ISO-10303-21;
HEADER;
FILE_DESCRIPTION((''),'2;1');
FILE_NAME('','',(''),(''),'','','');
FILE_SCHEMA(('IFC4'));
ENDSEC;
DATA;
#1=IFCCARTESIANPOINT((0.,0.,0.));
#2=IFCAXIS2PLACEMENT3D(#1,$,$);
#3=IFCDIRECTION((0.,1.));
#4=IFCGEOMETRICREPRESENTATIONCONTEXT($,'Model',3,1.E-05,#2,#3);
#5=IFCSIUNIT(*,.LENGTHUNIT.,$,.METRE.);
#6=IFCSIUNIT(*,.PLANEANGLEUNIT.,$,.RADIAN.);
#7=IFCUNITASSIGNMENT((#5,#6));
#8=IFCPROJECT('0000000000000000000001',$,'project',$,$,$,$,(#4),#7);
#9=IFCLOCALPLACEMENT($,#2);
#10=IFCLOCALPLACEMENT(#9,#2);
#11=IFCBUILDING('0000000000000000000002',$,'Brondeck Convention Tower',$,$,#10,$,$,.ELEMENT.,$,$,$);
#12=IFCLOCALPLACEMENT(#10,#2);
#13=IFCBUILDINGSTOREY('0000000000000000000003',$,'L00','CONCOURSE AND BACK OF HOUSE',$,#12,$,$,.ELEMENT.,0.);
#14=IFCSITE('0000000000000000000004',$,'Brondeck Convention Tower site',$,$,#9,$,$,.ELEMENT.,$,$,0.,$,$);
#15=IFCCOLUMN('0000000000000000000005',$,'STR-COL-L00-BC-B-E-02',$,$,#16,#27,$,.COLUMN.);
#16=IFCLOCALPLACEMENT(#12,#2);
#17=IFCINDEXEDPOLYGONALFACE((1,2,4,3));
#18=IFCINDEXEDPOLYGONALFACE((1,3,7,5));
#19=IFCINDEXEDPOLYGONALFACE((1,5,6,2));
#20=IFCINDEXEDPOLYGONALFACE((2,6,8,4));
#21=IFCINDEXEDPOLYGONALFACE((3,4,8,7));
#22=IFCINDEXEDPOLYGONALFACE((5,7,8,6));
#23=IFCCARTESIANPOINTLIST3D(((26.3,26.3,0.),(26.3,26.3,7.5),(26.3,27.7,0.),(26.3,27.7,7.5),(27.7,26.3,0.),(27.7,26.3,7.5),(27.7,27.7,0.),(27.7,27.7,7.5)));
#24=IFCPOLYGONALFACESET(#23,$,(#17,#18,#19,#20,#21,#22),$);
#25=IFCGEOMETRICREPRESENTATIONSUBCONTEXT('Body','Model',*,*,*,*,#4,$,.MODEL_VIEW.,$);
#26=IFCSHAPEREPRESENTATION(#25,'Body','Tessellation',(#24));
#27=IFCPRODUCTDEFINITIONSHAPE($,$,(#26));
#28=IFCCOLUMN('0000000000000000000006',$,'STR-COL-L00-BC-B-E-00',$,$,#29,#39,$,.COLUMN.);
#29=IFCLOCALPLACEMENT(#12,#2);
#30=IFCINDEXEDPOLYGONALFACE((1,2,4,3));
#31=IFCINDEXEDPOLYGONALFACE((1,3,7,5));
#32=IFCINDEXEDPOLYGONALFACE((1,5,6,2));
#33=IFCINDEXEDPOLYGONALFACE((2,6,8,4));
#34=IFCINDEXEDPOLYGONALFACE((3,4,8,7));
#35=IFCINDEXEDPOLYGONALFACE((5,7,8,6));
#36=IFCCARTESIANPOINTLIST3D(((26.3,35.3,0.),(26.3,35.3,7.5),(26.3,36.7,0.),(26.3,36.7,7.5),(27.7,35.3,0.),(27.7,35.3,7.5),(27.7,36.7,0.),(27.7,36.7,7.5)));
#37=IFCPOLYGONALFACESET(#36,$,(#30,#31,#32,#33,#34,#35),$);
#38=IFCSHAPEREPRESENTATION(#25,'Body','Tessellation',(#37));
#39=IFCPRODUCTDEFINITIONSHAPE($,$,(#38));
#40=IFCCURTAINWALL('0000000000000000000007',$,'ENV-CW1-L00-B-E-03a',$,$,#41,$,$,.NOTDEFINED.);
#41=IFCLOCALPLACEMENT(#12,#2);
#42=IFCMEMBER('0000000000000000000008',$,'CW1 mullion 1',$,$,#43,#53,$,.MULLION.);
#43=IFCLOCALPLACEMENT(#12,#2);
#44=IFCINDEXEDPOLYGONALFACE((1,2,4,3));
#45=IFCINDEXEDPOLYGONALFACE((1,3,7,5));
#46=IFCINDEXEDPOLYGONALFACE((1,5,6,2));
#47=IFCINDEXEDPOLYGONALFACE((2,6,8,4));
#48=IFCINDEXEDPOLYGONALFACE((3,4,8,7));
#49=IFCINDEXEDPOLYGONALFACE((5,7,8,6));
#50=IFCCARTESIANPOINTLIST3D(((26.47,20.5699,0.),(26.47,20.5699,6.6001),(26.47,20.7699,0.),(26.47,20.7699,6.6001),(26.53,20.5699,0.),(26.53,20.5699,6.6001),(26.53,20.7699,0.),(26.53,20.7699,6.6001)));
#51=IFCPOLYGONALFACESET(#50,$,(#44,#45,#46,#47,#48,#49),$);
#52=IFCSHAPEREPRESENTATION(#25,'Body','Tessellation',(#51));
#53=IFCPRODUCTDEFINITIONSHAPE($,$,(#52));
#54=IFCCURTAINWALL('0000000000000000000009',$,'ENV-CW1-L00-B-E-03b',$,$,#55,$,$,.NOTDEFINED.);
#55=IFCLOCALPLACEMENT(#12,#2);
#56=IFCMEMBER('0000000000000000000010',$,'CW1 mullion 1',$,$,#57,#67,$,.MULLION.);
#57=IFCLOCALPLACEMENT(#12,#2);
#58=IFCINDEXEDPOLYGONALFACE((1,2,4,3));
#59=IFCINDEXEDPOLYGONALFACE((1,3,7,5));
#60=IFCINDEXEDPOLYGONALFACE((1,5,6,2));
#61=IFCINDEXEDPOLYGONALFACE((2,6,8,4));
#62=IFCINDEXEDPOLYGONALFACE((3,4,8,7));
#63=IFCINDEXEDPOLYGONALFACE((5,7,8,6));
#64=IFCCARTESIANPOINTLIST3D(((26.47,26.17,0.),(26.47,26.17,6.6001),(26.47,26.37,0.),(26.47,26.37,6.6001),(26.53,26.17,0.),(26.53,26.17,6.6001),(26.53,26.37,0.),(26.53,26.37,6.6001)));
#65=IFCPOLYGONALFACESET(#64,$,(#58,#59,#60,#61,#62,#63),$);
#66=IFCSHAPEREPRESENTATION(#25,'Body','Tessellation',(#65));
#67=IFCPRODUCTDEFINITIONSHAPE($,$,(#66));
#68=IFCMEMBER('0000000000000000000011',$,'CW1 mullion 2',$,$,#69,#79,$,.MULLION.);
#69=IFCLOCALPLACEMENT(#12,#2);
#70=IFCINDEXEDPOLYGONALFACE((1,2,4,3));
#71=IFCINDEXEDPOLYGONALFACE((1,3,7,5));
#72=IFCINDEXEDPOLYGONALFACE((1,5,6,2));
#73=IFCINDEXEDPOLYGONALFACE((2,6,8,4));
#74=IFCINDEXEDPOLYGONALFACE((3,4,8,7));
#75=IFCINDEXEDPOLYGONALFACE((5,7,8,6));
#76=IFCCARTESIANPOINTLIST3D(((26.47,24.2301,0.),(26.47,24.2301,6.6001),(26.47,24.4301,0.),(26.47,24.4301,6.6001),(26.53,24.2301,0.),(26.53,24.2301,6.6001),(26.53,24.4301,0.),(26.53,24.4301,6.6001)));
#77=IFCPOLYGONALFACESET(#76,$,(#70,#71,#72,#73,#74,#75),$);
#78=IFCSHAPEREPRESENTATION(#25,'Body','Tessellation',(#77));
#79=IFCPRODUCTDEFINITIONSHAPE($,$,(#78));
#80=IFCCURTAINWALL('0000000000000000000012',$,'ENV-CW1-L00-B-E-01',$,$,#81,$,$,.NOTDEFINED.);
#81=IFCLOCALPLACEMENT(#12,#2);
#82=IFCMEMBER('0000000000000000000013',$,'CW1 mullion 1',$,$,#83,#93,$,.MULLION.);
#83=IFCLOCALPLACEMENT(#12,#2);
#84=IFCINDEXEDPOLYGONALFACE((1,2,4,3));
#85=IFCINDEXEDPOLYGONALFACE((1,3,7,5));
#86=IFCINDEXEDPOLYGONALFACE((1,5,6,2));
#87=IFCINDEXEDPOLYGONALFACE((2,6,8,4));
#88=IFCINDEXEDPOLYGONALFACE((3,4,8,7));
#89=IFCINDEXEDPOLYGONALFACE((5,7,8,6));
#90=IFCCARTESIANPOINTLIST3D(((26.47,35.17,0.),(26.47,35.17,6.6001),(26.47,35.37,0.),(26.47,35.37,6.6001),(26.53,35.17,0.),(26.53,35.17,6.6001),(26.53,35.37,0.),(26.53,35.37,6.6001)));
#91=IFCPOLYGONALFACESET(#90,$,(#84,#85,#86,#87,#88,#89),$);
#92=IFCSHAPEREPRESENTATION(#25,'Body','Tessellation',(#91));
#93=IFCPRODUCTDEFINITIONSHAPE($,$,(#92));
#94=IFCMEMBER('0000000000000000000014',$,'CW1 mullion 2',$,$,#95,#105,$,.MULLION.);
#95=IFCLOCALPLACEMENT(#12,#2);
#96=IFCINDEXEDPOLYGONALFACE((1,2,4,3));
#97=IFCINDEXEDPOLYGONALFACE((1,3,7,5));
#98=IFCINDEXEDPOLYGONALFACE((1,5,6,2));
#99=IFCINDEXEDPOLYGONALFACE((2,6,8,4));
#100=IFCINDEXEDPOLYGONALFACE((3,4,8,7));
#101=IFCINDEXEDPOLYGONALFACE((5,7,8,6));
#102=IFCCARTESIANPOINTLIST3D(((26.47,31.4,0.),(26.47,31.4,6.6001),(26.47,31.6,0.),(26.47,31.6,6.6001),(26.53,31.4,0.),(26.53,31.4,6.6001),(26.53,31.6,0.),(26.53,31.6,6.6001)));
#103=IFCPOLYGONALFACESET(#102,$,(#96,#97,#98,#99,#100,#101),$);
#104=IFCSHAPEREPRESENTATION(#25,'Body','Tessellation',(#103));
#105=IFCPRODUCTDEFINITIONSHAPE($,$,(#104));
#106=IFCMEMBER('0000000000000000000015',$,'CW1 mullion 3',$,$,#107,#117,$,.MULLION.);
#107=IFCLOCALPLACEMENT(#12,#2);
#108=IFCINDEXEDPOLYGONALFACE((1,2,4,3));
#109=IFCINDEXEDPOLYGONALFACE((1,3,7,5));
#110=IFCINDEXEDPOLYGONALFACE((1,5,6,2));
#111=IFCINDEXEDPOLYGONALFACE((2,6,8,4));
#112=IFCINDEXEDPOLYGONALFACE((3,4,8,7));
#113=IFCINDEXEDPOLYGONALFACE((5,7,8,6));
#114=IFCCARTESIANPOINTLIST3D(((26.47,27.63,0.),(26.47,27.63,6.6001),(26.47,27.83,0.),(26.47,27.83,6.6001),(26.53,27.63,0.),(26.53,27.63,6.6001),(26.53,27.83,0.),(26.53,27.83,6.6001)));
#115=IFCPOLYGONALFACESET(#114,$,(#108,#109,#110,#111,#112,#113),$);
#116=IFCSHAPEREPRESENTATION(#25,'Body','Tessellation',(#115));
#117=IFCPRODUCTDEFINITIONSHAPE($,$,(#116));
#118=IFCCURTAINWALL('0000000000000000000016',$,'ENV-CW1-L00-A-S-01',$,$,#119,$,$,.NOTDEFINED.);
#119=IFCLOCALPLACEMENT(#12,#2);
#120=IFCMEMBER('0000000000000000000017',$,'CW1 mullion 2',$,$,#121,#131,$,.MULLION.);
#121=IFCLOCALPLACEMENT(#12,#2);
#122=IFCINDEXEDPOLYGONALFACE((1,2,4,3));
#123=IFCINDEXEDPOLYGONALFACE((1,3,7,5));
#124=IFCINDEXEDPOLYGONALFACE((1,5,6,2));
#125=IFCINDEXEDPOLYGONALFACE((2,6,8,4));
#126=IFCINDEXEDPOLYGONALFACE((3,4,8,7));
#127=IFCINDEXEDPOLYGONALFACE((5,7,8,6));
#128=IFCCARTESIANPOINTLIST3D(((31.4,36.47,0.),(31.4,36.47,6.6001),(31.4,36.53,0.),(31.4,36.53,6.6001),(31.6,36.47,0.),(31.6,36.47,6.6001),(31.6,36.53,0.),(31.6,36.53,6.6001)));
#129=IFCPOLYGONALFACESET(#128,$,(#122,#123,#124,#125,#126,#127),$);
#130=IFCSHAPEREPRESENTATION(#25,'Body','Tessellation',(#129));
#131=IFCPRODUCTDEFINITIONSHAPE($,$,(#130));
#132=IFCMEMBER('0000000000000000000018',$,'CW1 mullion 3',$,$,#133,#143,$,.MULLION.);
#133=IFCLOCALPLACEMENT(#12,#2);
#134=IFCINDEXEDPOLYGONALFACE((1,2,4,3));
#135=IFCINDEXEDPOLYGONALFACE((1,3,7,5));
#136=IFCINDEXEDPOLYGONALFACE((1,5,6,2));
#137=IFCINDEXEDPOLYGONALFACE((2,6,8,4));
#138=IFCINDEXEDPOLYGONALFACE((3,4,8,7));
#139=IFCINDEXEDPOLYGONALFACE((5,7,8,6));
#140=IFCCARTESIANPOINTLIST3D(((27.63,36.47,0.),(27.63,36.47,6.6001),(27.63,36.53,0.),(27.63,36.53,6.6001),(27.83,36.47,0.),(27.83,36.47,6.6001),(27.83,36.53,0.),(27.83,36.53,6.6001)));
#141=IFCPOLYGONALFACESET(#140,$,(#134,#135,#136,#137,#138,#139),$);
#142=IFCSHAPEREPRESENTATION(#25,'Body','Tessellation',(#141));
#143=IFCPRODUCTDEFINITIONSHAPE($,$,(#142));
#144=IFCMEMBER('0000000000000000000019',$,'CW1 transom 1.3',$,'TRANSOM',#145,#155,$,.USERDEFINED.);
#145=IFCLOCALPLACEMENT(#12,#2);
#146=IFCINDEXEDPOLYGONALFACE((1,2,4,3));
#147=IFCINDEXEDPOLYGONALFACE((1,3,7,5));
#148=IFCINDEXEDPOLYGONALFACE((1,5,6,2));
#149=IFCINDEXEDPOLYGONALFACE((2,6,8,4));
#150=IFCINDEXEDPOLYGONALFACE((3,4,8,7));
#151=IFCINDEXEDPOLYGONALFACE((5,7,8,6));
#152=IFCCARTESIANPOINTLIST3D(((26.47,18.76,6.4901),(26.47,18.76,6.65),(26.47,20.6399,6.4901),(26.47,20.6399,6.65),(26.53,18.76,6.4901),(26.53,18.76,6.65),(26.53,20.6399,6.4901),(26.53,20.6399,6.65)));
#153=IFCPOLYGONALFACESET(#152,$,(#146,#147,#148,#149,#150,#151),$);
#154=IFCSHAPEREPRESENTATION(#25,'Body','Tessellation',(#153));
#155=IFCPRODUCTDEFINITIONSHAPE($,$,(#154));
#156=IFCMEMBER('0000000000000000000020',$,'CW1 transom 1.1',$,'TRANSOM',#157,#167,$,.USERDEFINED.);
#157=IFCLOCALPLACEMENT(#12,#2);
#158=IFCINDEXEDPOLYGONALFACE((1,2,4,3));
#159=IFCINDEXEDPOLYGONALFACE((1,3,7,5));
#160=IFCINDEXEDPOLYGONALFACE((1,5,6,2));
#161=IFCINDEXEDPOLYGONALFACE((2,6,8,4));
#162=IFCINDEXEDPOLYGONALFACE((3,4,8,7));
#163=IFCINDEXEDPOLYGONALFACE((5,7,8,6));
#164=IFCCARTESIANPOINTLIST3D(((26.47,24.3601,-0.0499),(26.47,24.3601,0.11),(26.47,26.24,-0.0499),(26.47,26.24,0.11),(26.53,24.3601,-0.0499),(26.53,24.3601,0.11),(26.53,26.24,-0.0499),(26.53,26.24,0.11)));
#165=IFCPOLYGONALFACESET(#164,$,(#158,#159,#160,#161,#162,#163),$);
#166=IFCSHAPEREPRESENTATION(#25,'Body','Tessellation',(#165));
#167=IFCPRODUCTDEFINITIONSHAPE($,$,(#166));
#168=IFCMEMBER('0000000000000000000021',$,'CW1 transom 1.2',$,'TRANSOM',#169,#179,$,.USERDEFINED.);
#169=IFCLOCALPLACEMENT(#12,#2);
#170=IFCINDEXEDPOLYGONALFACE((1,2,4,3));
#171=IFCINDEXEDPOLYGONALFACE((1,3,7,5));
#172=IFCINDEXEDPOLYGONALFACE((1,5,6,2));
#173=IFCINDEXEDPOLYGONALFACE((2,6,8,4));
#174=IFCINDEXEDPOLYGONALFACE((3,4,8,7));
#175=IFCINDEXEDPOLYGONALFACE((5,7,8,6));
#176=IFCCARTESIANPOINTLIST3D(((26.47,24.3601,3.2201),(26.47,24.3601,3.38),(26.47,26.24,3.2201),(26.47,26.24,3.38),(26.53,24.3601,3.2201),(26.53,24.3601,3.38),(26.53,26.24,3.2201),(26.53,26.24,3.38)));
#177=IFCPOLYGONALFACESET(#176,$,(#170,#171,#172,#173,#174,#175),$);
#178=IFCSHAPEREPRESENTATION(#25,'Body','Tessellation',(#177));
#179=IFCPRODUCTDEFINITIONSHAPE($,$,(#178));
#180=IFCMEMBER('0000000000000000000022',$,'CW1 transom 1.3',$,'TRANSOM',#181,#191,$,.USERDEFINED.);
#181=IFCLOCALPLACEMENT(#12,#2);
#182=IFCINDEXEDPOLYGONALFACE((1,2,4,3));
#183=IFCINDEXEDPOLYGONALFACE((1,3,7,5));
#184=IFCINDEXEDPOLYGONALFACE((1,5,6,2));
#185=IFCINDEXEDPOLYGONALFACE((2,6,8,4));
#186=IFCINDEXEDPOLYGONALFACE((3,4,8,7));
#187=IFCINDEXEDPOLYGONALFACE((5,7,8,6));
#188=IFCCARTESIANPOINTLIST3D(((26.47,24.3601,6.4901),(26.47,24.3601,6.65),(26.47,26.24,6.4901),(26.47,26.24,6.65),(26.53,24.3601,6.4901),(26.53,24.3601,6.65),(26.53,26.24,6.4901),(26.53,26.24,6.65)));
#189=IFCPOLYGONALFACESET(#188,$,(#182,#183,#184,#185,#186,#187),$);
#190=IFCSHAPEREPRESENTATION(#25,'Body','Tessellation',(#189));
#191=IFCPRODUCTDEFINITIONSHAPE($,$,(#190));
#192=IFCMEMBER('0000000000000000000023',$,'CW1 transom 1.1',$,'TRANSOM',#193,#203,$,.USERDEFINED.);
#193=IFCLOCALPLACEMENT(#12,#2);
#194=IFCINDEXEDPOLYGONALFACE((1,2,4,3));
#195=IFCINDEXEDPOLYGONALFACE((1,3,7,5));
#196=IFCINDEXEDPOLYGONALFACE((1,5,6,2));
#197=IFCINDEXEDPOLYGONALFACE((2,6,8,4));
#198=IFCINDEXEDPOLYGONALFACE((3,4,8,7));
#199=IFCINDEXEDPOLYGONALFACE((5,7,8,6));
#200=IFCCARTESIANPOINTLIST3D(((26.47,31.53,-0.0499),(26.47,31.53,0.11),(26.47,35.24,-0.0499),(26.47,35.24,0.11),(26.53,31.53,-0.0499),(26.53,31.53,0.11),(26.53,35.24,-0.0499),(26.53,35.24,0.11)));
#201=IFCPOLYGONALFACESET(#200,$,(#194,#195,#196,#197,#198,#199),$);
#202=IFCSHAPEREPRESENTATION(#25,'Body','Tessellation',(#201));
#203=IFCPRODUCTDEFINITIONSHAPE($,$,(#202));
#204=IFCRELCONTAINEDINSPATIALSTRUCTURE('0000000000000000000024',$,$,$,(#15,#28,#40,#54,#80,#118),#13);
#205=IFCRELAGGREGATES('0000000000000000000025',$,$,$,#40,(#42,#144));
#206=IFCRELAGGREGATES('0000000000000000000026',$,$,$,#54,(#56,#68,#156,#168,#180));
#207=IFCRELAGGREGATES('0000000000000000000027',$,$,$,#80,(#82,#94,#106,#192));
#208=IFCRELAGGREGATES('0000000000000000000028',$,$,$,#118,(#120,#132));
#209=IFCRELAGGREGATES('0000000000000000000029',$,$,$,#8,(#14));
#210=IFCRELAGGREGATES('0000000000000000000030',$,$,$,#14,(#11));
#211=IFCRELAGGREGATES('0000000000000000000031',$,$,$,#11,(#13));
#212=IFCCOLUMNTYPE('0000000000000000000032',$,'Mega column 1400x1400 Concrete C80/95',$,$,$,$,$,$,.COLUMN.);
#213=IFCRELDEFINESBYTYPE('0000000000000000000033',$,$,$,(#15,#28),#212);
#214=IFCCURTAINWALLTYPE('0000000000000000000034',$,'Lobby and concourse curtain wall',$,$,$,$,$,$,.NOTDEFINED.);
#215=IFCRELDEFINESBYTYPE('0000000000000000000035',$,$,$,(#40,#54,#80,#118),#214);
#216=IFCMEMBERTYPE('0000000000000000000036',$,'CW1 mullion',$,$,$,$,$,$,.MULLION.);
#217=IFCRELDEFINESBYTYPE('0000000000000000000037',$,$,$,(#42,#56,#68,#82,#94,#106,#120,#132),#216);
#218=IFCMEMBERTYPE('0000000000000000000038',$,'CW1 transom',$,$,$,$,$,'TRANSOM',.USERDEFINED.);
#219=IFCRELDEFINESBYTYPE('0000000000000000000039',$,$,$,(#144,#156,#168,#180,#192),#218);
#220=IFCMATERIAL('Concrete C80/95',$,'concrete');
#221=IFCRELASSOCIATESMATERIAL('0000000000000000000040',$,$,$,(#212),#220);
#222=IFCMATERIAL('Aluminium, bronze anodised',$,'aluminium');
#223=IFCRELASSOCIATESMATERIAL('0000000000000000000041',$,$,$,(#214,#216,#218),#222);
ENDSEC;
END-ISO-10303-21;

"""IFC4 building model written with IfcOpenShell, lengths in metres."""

from ifc_helpers import new_model, si_unit, direction, frame, origin, origin_2d, place, context, subcontext, project, spatial, rectangle, extrude, material, material_profile, profile_set, type_object, element, aggregate, save


model = new_model("IFC4")

# Units and contexts
model_context = context("Model", 3, precision=1e-05, world=origin(), true_north=direction((0.0, 1.0)))
body_context = subcontext(model_context, "Body", "Model", "MODEL_VIEW")
ifc_project = project(units=[si_unit("LENGTHUNIT", "METRE"), si_unit("PLANEANGLEUNIT", "RADIAN")], contexts=[model_context])

# Site, building, storey
site_placement = place(None, origin())
site = spatial("IfcSite", under=ifc_project, at=site_placement, Name="Brondeck Convention Tower site", CompositionType="ELEMENT", RefElevation=0.0)
building_placement = place(site_placement, origin())
building = spatial("IfcBuilding", under=site, at=building_placement, Name="Brondeck Convention Tower", CompositionType="ELEMENT")
storey_placement = place(building_placement, origin())
storey = spatial("IfcBuildingStorey", under=building, at=storey_placement, Name="L00", Description="CONCOURSE AND BACK OF HOUSE", CompositionType="ELEMENT", Elevation=0.0)

# Columns
ifc_material_1 = material(Name="Concrete C80/95", Category="concrete")
ifc_material_profile_1 = material_profile(ifc_material_1, rectangle(XDim=1.3999, YDim=1.3999, at=origin_2d()), Name="Mega column 1400x1400 Concrete C80/95")
ifc_profile_set_1 = profile_set([ifc_material_profile_1], Name="Concrete C80/95")
column_type = type_object("IfcColumnType", Name="Mega column 1400x1400 Concrete C80/95", PredefinedType="COLUMN", material=ifc_profile_set_1)
for number, where, z_axis, x_axis, name in (
    (1, (27.0, 27.0, 0.0), (0.0, 0.0, 1.0), (1.0, 0.0, 0.0), "STR-COL-L00-BC-B-E-02"),
    (2, (27.0, 36.0, 0.0), (0.0, 0.0, 1.0), (1.0, 0.0, 0.0), "STR-COL-L00-BC-B-E-00"),
):
    element("IfcColumn", number, at=place(storey_placement, frame(where, z_axis=z_axis, x_axis=x_axis)), inside=storey, type_object=column_type, Name=name, PredefinedType="COLUMN", context=body_context, shape_type="SweptSolid", body=[
        extrude(rectangle(XDim=1.3999, YDim=1.3999, at=origin_2d()), origin(), (0.0, 0.0, 1.0), 7.5),
    ])

# Curtain wall, member
ifc_material_2 = material(Name="Aluminium, bronze anodised", Category="aluminium")
curtain_wall_type = type_object("IfcCurtainWallType", Name="Lobby and concourse curtain wall", PredefinedType="NOTDEFINED", material=ifc_material_2)
curtain_wall_1_placement = place(storey_placement, origin())
curtain_wall_1 = element("IfcCurtainWall", 3, at=curtain_wall_1_placement, inside=storey, type_object=curtain_wall_type, Name="ENV-CW1-L00-B-E-03a", PredefinedType="NOTDEFINED")
ifc_material_profile_2 = material_profile(ifc_material_2, rectangle(XDim=0.0601, YDim=0.2, at=origin_2d()), Name="CW1 mullion")
ifc_profile_set_2 = profile_set([ifc_material_profile_2], Name="Aluminium, bronze anodised")
member_type_1 = type_object("IfcMemberType", Name="CW1 mullion", PredefinedType="MULLION", material=ifc_profile_set_2)
member_1_placement = place(storey_placement, frame((26.5, 20.6699, 0.0), z_axis=(0.0, 0.0, 1.0), x_axis=(1.0, 0.0, 0.0)))
member_1 = element("IfcMember", 4, at=member_1_placement, type_object=member_type_1, Name="CW1 mullion 1", PredefinedType="MULLION", context=body_context, shape_type="SweptSolid", body=[
    extrude(rectangle(XDim=0.0601, YDim=0.2, at=origin_2d()), origin(), (0.0, 0.0, 1.0), 6.6001),
])

# Curtain walls, members
curtain_wall_2_placement = place(storey_placement, origin())
curtain_wall_2 = element("IfcCurtainWall", 5, at=curtain_wall_2_placement, inside=storey, type_object=curtain_wall_type, Name="ENV-CW1-L00-B-E-03b", PredefinedType="NOTDEFINED")
member_2_placement = place(storey_placement, frame((26.5, 26.27, 0.0), z_axis=(0.0, 0.0, 1.0), x_axis=(1.0, 0.0, 0.0)))
member_2 = element("IfcMember", 6, at=member_2_placement, type_object=member_type_1, Name="CW1 mullion 1", PredefinedType="MULLION", context=body_context, shape_type="SweptSolid", body=[
    extrude(rectangle(XDim=0.0601, YDim=0.2, at=origin_2d()), origin(), (0.0, 0.0, 1.0), 6.6001),
])
member_3_placement = place(storey_placement, frame((26.5, 24.3301, 0.0), z_axis=(0.0, 0.0, 1.0), x_axis=(1.0, 0.0, 0.0)))
member_3 = element("IfcMember", 7, at=member_3_placement, type_object=member_type_1, Name="CW1 mullion 2", PredefinedType="MULLION", context=body_context, shape_type="SweptSolid", body=[
    extrude(rectangle(XDim=0.0601, YDim=0.2, at=origin_2d()), origin(), (0.0, 0.0, 1.0), 6.6001),
])
curtain_wall_3_placement = place(storey_placement, origin())
curtain_wall_3 = element("IfcCurtainWall", 8, at=curtain_wall_3_placement, inside=storey, type_object=curtain_wall_type, Name="ENV-CW1-L00-B-E-01", PredefinedType="NOTDEFINED")
member_4_placement = place(storey_placement, frame((26.5, 35.27, 0.0), z_axis=(0.0, 0.0, 1.0), x_axis=(1.0, 0.0, 0.0)))
member_4 = element("IfcMember", 9, at=member_4_placement, type_object=member_type_1, Name="CW1 mullion 1", PredefinedType="MULLION", context=body_context, shape_type="SweptSolid", body=[
    extrude(rectangle(XDim=0.0601, YDim=0.2, at=origin_2d()), origin(), (0.0, 0.0, 1.0), 6.6001),
])
member_5_placement = place(storey_placement, frame((26.5, 31.5, 0.0), z_axis=(0.0, 0.0, 1.0), x_axis=(1.0, 0.0, 0.0)))
member_5 = element("IfcMember", 10, at=member_5_placement, type_object=member_type_1, Name="CW1 mullion 2", PredefinedType="MULLION", context=body_context, shape_type="SweptSolid", body=[
    extrude(rectangle(XDim=0.0601, YDim=0.2, at=origin_2d()), origin(), (0.0, 0.0, 1.0), 6.6001),
])
member_6_placement = place(storey_placement, frame((26.5, 27.73, 0.0), z_axis=(0.0, 0.0, 1.0), x_axis=(1.0, 0.0, 0.0)))
member_6 = element("IfcMember", 11, at=member_6_placement, type_object=member_type_1, Name="CW1 mullion 3", PredefinedType="MULLION", context=body_context, shape_type="SweptSolid", body=[
    extrude(rectangle(XDim=0.0601, YDim=0.2, at=origin_2d()), origin(), (0.0, 0.0, 1.0), 6.6001),
])
curtain_wall_4_placement = place(storey_placement, origin())
curtain_wall_4 = element("IfcCurtainWall", 12, at=curtain_wall_4_placement, inside=storey, type_object=curtain_wall_type, Name="ENV-CW1-L00-A-S-01", PredefinedType="NOTDEFINED")
member_7_placement = place(storey_placement, frame((31.5, 36.5, 0.0), z_axis=(0.0, 0.0, 1.0), x_axis=(0.0, -1.0, 0.0)))
member_7 = element("IfcMember", 13, at=member_7_placement, type_object=member_type_1, Name="CW1 mullion 2", PredefinedType="MULLION", context=body_context, shape_type="SweptSolid", body=[
    extrude(rectangle(XDim=0.0601, YDim=0.2, at=origin_2d()), origin(), (0.0, 0.0, 1.0), 6.6001),
])
member_8_placement = place(storey_placement, frame((27.73, 36.5, 0.0), z_axis=(0.0, 0.0, 1.0), x_axis=(0.0, -1.0, 0.0)))
member_8 = element("IfcMember", 14, at=member_8_placement, type_object=member_type_1, Name="CW1 mullion 3", PredefinedType="MULLION", context=body_context, shape_type="SweptSolid", body=[
    extrude(rectangle(XDim=0.0601, YDim=0.2, at=origin_2d()), origin(), (0.0, 0.0, 1.0), 6.6001),
])

# Members
ifc_material_profile_3 = material_profile(ifc_material_2, rectangle(XDim=0.0601, YDim=0.1599, at=origin_2d()), Name="CW1 transom")
ifc_profile_set_3 = profile_set([ifc_material_profile_3], Name="Aluminium, bronze anodised")
member_type_2 = type_object("IfcMemberType", Name="CW1 transom", ElementType="TRANSOM", PredefinedType="USERDEFINED", material=ifc_profile_set_3)
member_9_placement = place(storey_placement, frame((26.5, 20.6399, 6.5701), z_axis=(0.0, -1.0, 0.0), x_axis=(1.0, 0.0, 0.0)))
member_9 = element("IfcMember", 15, at=member_9_placement, type_object=member_type_2, Name="CW1 transom 1.3", ObjectType="TRANSOM", PredefinedType="USERDEFINED", context=body_context, shape_type="SweptSolid", body=[
    extrude(rectangle(XDim=0.0601, YDim=0.1599, at=origin_2d()), origin(), (0.0, 0.0, 1.0), 1.8799),
])
aggregate(curtain_wall_1, [member_1, member_9])
member_10_placement = place(storey_placement, frame((26.5, 26.24, 0.03), z_axis=(0.0, -1.0, 0.0), x_axis=(1.0, 0.0, 0.0)))
member_10 = element("IfcMember", 16, at=member_10_placement, type_object=member_type_2, Name="CW1 transom 1.1", ObjectType="TRANSOM", PredefinedType="USERDEFINED", context=body_context, shape_type="SweptSolid", body=[
    extrude(rectangle(XDim=0.0601, YDim=0.1599, at=origin_2d()), origin(), (0.0, 0.0, 1.0), 1.8799),
])
member_11_placement = place(storey_placement, frame((26.5, 26.24, 3.3), z_axis=(0.0, -1.0, 0.0), x_axis=(1.0, 0.0, 0.0)))
member_11 = element("IfcMember", 17, at=member_11_placement, type_object=member_type_2, Name="CW1 transom 1.2", ObjectType="TRANSOM", PredefinedType="USERDEFINED", context=body_context, shape_type="SweptSolid", body=[
    extrude(rectangle(XDim=0.0601, YDim=0.1599, at=origin_2d()), origin(), (0.0, 0.0, 1.0), 1.8799),
])
member_12_placement = place(storey_placement, frame((26.5, 26.24, 6.5701), z_axis=(0.0, -1.0, 0.0), x_axis=(1.0, 0.0, 0.0)))
member_12 = element("IfcMember", 18, at=member_12_placement, type_object=member_type_2, Name="CW1 transom 1.3", ObjectType="TRANSOM", PredefinedType="USERDEFINED", context=body_context, shape_type="SweptSolid", body=[
    extrude(rectangle(XDim=0.0601, YDim=0.1599, at=origin_2d()), origin(), (0.0, 0.0, 1.0), 1.8799),
])
member_13_placement = place(storey_placement, frame((26.5, 35.24, 0.03), z_axis=(0.0, -1.0, 0.0), x_axis=(1.0, 0.0, 0.0)))
member_13 = element("IfcMember", 19, at=member_13_placement, type_object=member_type_2, Name="CW1 transom 1.1", ObjectType="TRANSOM", PredefinedType="USERDEFINED", context=body_context, shape_type="SweptSolid", body=[
    extrude(rectangle(XDim=0.0601, YDim=0.1599, at=origin_2d()), origin(), (0.0, 0.0, 1.0), 3.71),
])

aggregate(curtain_wall_2, [member_2, member_3, member_10, member_11, member_12])
aggregate(curtain_wall_3, [member_4, member_5, member_6, member_13])
aggregate(curtain_wall_4, [member_7, member_8])

save(model, "model.ifc")
